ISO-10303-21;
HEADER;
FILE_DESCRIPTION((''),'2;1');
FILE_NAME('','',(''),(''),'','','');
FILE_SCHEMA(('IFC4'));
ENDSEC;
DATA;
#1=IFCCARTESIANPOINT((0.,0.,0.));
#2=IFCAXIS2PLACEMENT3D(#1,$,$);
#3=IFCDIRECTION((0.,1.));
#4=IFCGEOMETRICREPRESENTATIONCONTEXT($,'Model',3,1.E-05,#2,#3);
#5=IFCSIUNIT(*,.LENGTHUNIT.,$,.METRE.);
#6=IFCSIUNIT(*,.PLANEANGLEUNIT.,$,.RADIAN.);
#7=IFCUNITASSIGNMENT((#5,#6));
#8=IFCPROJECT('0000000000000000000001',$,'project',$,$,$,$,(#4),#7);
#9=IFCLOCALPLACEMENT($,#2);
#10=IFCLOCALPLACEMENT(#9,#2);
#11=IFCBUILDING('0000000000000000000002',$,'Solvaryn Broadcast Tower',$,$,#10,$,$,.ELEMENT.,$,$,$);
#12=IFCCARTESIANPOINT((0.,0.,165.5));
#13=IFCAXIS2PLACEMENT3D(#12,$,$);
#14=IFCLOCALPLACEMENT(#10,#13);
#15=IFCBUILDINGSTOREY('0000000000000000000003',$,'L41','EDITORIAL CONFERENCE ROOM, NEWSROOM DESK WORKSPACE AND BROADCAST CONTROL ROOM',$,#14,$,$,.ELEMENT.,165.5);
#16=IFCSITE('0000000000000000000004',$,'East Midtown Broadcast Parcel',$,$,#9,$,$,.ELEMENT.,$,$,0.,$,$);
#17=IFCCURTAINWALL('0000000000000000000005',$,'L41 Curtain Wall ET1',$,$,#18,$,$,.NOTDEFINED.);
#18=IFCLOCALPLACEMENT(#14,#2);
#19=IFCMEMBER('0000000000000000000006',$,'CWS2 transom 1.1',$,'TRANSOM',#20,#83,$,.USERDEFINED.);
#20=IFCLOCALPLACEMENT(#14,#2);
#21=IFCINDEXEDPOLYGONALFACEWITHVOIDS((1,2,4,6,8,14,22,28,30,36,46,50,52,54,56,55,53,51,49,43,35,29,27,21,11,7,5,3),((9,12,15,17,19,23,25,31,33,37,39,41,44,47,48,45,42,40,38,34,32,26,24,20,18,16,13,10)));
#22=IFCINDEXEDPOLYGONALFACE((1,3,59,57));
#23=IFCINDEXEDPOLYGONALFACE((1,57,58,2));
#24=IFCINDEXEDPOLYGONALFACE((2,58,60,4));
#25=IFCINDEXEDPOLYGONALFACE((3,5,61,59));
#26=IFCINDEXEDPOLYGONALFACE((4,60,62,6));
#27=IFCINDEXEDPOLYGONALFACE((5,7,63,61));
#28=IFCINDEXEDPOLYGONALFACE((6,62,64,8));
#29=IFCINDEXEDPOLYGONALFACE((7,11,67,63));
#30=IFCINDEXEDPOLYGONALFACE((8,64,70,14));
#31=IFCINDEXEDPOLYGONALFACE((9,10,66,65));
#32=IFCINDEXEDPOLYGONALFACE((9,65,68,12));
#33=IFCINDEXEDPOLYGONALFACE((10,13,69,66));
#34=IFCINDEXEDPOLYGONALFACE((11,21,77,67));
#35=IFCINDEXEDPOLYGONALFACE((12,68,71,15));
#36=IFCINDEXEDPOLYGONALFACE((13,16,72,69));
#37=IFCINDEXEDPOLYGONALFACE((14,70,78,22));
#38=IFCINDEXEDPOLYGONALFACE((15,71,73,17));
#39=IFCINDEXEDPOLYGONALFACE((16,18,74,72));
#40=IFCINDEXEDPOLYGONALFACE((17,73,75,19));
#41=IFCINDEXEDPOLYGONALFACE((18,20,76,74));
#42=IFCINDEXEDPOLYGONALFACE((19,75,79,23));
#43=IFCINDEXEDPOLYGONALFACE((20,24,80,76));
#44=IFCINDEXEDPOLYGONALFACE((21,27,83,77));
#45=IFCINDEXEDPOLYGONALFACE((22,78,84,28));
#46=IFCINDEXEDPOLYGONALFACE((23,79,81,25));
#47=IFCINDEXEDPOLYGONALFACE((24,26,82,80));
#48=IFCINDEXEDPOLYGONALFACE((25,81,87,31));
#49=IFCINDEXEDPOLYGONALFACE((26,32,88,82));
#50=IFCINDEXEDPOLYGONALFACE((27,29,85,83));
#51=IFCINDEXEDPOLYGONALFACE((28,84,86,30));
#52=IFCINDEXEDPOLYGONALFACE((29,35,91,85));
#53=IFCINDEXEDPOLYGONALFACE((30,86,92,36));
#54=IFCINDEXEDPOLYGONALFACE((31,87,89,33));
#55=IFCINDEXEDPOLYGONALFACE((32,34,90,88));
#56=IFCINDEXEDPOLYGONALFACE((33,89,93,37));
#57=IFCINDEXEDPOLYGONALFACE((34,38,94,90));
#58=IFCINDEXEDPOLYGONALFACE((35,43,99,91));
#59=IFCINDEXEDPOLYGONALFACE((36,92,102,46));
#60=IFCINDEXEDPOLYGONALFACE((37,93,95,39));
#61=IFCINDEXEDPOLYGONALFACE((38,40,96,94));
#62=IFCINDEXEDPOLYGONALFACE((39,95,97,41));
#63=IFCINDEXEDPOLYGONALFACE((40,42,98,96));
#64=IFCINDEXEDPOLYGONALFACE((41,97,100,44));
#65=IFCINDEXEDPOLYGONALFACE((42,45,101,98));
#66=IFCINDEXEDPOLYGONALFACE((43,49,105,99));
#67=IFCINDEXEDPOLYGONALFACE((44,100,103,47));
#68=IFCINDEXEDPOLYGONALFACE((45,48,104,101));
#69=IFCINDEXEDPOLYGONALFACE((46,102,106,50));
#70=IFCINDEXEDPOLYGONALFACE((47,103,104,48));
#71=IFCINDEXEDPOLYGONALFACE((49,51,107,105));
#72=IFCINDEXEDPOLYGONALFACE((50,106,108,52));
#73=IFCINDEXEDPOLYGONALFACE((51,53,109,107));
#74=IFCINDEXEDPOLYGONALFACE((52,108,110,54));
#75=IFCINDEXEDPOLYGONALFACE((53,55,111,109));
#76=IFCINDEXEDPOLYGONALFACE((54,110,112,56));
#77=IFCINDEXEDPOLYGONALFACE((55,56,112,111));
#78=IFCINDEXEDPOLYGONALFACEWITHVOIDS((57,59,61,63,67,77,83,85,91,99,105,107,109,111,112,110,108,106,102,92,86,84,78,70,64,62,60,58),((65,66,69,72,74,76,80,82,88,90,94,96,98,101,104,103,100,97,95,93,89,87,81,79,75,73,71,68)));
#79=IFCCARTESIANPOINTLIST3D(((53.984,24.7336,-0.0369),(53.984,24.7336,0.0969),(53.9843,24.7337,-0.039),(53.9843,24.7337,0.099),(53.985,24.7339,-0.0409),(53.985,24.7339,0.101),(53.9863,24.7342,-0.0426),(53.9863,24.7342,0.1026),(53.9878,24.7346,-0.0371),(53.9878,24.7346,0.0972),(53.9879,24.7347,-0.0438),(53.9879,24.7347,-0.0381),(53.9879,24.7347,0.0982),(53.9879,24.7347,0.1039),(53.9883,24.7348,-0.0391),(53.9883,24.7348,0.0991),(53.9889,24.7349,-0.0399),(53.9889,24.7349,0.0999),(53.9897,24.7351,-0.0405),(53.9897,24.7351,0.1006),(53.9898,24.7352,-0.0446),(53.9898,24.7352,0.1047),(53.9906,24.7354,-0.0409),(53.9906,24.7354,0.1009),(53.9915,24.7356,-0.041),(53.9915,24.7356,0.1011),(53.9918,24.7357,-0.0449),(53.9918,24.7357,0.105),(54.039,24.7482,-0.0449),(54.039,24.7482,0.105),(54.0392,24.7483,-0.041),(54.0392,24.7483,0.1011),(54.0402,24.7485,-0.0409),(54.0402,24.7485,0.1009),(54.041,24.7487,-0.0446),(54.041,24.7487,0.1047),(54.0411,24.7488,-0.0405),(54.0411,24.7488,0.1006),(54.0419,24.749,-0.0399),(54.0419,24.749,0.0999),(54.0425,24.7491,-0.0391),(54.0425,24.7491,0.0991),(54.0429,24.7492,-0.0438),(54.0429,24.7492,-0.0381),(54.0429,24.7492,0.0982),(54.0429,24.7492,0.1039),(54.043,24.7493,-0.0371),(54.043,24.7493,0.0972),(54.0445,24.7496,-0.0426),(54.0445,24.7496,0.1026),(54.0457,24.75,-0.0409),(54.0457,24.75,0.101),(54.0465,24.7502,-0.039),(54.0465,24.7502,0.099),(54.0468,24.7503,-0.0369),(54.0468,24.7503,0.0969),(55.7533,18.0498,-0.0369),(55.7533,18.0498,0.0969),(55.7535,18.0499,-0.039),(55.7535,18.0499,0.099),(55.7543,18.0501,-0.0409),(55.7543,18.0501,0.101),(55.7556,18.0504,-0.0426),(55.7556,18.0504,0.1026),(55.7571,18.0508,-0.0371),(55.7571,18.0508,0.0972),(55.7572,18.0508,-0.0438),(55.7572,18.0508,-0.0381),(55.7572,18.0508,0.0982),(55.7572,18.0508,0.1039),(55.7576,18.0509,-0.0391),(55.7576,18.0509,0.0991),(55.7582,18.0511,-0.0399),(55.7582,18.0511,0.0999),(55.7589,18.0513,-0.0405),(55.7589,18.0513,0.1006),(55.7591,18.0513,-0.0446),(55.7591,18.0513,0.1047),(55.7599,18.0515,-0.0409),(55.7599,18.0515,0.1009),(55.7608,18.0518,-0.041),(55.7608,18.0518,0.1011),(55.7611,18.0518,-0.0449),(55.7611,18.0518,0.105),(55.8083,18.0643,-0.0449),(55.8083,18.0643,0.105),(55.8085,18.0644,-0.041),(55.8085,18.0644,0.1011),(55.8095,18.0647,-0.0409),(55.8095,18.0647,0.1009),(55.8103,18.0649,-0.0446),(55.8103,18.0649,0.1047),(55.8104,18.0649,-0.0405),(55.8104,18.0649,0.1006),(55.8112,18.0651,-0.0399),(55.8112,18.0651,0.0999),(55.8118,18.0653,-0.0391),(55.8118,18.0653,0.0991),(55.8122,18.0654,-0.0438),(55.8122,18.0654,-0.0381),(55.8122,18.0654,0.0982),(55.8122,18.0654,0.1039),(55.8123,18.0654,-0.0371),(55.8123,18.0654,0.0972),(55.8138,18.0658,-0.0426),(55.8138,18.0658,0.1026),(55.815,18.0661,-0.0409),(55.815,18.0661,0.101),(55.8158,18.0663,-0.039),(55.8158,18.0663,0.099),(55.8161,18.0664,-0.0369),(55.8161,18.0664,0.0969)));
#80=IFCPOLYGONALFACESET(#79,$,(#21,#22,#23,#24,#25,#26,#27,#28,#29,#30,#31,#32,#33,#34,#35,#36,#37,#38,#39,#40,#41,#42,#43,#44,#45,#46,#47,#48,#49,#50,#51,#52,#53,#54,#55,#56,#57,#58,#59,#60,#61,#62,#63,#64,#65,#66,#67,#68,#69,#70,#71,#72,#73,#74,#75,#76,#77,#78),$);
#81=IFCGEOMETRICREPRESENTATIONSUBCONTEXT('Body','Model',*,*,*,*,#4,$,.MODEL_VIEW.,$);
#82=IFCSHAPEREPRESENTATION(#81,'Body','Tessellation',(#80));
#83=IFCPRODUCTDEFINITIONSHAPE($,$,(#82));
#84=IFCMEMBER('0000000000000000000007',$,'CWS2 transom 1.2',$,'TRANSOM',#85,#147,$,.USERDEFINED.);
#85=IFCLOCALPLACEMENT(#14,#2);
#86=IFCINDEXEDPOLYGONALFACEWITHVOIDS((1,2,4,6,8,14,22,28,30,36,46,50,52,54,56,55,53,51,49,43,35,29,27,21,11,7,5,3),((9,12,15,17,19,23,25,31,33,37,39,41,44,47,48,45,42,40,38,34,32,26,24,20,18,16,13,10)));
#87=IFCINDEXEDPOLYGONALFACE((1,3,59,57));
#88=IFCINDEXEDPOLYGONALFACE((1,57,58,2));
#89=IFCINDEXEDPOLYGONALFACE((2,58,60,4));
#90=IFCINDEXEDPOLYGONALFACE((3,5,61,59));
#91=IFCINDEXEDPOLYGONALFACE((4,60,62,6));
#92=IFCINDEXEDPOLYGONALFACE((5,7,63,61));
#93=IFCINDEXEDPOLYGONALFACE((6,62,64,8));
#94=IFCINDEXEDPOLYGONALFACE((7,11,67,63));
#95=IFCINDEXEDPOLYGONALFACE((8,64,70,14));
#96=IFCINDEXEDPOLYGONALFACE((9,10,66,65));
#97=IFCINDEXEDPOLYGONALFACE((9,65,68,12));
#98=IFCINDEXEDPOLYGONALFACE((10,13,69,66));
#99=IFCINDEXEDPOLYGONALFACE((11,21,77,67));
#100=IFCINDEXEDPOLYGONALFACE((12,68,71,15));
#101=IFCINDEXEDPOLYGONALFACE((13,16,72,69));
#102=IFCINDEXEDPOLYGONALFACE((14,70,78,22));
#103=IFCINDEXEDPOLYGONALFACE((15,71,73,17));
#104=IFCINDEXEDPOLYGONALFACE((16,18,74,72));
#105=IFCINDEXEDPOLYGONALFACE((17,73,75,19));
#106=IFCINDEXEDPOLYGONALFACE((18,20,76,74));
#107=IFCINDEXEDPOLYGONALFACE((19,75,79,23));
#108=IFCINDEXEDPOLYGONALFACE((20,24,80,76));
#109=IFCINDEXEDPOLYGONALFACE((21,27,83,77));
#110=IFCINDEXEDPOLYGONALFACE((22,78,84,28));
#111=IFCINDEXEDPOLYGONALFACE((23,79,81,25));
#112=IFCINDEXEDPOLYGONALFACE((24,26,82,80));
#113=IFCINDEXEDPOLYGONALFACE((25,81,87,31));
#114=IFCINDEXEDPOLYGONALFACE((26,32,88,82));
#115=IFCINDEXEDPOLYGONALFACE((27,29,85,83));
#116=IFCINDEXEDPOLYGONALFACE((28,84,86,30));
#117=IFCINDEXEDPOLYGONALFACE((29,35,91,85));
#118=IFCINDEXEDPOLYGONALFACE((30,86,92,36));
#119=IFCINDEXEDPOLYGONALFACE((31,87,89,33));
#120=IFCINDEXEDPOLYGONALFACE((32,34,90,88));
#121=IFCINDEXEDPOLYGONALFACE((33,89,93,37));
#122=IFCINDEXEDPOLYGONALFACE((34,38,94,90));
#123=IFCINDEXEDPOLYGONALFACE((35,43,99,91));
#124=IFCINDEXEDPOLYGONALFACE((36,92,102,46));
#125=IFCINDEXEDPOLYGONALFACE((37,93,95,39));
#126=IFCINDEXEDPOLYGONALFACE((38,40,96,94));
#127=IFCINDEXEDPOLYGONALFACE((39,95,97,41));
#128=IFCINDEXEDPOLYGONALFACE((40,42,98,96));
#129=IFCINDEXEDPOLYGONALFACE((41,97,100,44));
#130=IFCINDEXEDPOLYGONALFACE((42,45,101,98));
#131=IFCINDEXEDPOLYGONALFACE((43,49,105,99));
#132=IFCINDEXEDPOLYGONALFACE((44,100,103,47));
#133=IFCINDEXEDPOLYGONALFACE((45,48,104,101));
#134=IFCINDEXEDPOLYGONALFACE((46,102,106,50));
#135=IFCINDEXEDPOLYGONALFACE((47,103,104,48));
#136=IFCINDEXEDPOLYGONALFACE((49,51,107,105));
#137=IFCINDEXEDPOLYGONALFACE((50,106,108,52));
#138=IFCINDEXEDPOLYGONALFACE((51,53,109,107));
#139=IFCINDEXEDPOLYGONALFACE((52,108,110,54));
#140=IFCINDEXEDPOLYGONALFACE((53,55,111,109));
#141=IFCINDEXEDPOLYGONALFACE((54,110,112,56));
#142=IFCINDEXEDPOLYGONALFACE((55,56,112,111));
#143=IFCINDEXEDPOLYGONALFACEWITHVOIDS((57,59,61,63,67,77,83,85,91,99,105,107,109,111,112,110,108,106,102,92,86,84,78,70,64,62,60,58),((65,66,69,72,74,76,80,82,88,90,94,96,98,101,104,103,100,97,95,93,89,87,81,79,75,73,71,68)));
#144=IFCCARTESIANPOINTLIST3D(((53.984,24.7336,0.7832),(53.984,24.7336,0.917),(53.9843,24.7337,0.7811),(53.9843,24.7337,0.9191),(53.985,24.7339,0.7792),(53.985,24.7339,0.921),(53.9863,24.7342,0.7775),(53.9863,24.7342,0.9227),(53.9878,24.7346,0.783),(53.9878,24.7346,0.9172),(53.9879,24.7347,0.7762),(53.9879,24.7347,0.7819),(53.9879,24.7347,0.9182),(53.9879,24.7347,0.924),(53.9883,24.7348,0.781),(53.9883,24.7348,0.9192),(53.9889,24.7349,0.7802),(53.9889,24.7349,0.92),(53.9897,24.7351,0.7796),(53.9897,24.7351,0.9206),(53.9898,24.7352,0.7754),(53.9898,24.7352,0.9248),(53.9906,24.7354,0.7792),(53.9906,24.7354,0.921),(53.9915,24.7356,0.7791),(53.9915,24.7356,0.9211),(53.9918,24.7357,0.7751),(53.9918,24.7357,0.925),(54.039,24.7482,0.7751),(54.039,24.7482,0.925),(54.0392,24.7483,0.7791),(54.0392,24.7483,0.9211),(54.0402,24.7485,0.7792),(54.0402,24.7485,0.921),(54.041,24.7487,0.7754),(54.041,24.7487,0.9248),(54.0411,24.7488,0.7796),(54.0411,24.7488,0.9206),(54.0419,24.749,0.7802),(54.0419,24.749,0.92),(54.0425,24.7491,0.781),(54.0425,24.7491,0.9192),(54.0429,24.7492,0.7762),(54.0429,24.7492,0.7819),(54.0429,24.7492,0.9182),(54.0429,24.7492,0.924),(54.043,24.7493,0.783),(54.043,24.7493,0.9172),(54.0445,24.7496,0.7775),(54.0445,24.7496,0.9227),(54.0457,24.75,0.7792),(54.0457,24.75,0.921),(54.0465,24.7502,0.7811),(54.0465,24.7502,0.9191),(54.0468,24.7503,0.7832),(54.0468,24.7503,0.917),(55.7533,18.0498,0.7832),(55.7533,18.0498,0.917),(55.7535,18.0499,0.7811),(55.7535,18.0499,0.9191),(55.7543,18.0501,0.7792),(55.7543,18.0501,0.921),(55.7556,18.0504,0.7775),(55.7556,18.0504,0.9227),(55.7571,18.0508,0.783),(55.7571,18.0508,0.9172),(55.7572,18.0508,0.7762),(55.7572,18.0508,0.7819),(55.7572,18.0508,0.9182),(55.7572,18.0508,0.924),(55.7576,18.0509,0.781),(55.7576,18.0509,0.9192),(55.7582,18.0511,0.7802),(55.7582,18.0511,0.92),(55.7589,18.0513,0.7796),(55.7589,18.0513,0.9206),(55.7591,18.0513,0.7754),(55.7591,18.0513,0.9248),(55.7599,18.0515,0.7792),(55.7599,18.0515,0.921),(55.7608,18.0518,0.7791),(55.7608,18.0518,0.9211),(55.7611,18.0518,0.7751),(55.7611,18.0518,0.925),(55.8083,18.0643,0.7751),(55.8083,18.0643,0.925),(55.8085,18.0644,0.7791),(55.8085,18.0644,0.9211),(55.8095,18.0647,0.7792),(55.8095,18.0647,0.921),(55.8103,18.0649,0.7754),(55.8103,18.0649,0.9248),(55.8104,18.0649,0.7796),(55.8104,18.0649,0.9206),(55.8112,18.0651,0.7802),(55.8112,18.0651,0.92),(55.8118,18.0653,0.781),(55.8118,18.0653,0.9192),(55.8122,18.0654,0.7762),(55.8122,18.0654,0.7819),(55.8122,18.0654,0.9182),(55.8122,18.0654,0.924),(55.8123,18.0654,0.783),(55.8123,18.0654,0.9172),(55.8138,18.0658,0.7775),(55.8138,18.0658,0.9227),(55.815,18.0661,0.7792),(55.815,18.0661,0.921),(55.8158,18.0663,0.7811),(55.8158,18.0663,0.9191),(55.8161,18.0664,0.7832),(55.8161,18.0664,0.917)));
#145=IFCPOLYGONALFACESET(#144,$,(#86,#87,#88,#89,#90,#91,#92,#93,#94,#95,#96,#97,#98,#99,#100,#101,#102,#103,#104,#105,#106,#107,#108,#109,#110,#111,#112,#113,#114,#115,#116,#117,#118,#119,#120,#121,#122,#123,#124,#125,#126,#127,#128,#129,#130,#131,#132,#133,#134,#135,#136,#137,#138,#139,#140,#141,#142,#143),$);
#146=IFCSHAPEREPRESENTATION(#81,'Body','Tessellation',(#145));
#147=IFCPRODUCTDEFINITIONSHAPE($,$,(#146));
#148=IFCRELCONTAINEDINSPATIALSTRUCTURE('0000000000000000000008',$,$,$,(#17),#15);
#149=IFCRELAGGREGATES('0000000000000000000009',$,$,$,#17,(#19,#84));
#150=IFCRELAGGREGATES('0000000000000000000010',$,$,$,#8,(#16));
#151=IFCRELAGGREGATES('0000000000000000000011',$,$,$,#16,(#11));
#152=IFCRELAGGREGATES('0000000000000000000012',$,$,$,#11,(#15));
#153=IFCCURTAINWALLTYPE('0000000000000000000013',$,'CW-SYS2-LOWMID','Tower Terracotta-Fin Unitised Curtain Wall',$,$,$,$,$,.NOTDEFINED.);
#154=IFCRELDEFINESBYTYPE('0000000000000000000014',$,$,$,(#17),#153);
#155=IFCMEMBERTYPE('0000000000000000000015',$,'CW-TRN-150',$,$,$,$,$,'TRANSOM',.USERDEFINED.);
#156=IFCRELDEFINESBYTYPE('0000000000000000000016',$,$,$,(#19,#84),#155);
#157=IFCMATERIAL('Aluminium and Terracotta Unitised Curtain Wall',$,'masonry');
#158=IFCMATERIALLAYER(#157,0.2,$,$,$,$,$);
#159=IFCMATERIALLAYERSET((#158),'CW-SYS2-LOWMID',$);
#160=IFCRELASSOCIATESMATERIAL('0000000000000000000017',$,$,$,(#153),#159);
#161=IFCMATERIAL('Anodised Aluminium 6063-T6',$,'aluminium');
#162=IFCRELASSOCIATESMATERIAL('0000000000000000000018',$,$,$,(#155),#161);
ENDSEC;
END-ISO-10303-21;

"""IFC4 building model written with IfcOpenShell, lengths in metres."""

from ifc_helpers import new_model, si_unit, direction, frame, origin, origin_2d, place, context, subcontext, project, spatial, hollow_rectangle, extrude, material, layer, layer_set, material_profile, profile_set, type_object, element, aggregate, save


model = new_model("IFC4")

# Units and contexts
model_context = context("Model", 3, precision=1e-05, world=origin(), true_north=direction((0.0, 1.0)))
body_context = subcontext(model_context, "Body", "Model", "MODEL_VIEW")
ifc_project = project(units=[si_unit("LENGTHUNIT", "METRE"), si_unit("PLANEANGLEUNIT", "RADIAN")], contexts=[model_context])

# Site, building, storey
site_placement = place(None, origin())
site = spatial("IfcSite", under=ifc_project, at=site_placement, Name="East Midtown Broadcast Parcel", CompositionType="ELEMENT", RefElevation=0.0)
building_placement = place(site_placement, origin())
building = spatial("IfcBuilding", under=site, at=building_placement, Name="Solvaryn Broadcast Tower", CompositionType="ELEMENT")
storey_placement = place(building_placement, frame((0.0, 0.0, 165.5)))
storey = spatial("IfcBuildingStorey", under=building, at=storey_placement, Name="L41", Description="EDITORIAL CONFERENCE ROOM, NEWSROOM DESK WORKSPACE AND BROADCAST CONTROL ROOM", CompositionType="ELEMENT", Elevation=165.5)

# Curtain wall
ifc_material_1 = material(Name="Aluminium and Terracotta Unitised Curtain Wall", Category="masonry")
ifc_layer_1 = layer(ifc_material_1, 0.2)
ifc_layer_set_1 = layer_set([ifc_layer_1], Name="CW-SYS2-LOWMID")
curtain_wall_type = type_object("IfcCurtainWallType", Name="CW-SYS2-LOWMID", Description="Tower Terracotta-Fin Unitised Curtain Wall", PredefinedType="NOTDEFINED", material=ifc_layer_set_1)
curtain_wall_1_placement = place(storey_placement, origin())
curtain_wall_1 = element("IfcCurtainWall", 1, at=curtain_wall_1_placement, inside=storey, type_object=curtain_wall_type, Name="L41 Curtain Wall ET1", PredefinedType="NOTDEFINED")

# Members
ifc_material_2 = material(Name="Anodised Aluminium 6063-T6", Category="aluminium")
ifc_material_profile_1 = material_profile(ifc_material_2, hollow_rectangle(XDim=0.0649, YDim=0.1499, WallThickness=0.0039, InnerFilletRadius=0.0039, OuterFilletRadius=0.0081, at=origin_2d()))
ifc_profile_set_1 = profile_set([ifc_material_profile_1], Name="Anodised Aluminium 6063-T6")
member_type_1 = type_object("IfcMemberType", Name="CW-TRN-150", ElementType="TRANSOM", PredefinedType="USERDEFINED", material=ifc_profile_set_1)
member_1_placement = place(storey_placement, frame((54.0154, 24.7419, 0.03), z_axis=(0.255897, -0.966704, 0.0), x_axis=(0.966704, 0.255897, 0.0)))
member_1 = element("IfcMember", 2, at=member_1_placement, type_object=member_type_1, Name="CWS2 transom 1.1", ObjectType="TRANSOM", PredefinedType="USERDEFINED", context=body_context, shape_type="SweptSolid", body=[
    extrude(hollow_rectangle(XDim=0.0649, YDim=0.1499, WallThickness=0.0039, InnerFilletRadius=0.0039, OuterFilletRadius=0.0081, at=origin_2d()), origin(), (0.0, 0.0, 1.0), 6.9141),
])
member_2_placement = place(storey_placement, frame((54.0154, 24.7419, 0.8501), z_axis=(0.255897, -0.966704, 0.0), x_axis=(0.966704, 0.255897, 0.0)))
member_2 = element("IfcMember", 3, at=member_2_placement, type_object=member_type_1, Name="CWS2 transom 1.2", ObjectType="TRANSOM", PredefinedType="USERDEFINED", context=body_context, shape_type="SweptSolid", body=[
    extrude(hollow_rectangle(XDim=0.0649, YDim=0.1499, WallThickness=0.0039, InnerFilletRadius=0.0039, OuterFilletRadius=0.0081, at=origin_2d()), origin(), (0.0, 0.0, 1.0), 6.9141),
])

aggregate(curtain_wall_1, [member_1, member_2])

save(model, "model.ifc")
